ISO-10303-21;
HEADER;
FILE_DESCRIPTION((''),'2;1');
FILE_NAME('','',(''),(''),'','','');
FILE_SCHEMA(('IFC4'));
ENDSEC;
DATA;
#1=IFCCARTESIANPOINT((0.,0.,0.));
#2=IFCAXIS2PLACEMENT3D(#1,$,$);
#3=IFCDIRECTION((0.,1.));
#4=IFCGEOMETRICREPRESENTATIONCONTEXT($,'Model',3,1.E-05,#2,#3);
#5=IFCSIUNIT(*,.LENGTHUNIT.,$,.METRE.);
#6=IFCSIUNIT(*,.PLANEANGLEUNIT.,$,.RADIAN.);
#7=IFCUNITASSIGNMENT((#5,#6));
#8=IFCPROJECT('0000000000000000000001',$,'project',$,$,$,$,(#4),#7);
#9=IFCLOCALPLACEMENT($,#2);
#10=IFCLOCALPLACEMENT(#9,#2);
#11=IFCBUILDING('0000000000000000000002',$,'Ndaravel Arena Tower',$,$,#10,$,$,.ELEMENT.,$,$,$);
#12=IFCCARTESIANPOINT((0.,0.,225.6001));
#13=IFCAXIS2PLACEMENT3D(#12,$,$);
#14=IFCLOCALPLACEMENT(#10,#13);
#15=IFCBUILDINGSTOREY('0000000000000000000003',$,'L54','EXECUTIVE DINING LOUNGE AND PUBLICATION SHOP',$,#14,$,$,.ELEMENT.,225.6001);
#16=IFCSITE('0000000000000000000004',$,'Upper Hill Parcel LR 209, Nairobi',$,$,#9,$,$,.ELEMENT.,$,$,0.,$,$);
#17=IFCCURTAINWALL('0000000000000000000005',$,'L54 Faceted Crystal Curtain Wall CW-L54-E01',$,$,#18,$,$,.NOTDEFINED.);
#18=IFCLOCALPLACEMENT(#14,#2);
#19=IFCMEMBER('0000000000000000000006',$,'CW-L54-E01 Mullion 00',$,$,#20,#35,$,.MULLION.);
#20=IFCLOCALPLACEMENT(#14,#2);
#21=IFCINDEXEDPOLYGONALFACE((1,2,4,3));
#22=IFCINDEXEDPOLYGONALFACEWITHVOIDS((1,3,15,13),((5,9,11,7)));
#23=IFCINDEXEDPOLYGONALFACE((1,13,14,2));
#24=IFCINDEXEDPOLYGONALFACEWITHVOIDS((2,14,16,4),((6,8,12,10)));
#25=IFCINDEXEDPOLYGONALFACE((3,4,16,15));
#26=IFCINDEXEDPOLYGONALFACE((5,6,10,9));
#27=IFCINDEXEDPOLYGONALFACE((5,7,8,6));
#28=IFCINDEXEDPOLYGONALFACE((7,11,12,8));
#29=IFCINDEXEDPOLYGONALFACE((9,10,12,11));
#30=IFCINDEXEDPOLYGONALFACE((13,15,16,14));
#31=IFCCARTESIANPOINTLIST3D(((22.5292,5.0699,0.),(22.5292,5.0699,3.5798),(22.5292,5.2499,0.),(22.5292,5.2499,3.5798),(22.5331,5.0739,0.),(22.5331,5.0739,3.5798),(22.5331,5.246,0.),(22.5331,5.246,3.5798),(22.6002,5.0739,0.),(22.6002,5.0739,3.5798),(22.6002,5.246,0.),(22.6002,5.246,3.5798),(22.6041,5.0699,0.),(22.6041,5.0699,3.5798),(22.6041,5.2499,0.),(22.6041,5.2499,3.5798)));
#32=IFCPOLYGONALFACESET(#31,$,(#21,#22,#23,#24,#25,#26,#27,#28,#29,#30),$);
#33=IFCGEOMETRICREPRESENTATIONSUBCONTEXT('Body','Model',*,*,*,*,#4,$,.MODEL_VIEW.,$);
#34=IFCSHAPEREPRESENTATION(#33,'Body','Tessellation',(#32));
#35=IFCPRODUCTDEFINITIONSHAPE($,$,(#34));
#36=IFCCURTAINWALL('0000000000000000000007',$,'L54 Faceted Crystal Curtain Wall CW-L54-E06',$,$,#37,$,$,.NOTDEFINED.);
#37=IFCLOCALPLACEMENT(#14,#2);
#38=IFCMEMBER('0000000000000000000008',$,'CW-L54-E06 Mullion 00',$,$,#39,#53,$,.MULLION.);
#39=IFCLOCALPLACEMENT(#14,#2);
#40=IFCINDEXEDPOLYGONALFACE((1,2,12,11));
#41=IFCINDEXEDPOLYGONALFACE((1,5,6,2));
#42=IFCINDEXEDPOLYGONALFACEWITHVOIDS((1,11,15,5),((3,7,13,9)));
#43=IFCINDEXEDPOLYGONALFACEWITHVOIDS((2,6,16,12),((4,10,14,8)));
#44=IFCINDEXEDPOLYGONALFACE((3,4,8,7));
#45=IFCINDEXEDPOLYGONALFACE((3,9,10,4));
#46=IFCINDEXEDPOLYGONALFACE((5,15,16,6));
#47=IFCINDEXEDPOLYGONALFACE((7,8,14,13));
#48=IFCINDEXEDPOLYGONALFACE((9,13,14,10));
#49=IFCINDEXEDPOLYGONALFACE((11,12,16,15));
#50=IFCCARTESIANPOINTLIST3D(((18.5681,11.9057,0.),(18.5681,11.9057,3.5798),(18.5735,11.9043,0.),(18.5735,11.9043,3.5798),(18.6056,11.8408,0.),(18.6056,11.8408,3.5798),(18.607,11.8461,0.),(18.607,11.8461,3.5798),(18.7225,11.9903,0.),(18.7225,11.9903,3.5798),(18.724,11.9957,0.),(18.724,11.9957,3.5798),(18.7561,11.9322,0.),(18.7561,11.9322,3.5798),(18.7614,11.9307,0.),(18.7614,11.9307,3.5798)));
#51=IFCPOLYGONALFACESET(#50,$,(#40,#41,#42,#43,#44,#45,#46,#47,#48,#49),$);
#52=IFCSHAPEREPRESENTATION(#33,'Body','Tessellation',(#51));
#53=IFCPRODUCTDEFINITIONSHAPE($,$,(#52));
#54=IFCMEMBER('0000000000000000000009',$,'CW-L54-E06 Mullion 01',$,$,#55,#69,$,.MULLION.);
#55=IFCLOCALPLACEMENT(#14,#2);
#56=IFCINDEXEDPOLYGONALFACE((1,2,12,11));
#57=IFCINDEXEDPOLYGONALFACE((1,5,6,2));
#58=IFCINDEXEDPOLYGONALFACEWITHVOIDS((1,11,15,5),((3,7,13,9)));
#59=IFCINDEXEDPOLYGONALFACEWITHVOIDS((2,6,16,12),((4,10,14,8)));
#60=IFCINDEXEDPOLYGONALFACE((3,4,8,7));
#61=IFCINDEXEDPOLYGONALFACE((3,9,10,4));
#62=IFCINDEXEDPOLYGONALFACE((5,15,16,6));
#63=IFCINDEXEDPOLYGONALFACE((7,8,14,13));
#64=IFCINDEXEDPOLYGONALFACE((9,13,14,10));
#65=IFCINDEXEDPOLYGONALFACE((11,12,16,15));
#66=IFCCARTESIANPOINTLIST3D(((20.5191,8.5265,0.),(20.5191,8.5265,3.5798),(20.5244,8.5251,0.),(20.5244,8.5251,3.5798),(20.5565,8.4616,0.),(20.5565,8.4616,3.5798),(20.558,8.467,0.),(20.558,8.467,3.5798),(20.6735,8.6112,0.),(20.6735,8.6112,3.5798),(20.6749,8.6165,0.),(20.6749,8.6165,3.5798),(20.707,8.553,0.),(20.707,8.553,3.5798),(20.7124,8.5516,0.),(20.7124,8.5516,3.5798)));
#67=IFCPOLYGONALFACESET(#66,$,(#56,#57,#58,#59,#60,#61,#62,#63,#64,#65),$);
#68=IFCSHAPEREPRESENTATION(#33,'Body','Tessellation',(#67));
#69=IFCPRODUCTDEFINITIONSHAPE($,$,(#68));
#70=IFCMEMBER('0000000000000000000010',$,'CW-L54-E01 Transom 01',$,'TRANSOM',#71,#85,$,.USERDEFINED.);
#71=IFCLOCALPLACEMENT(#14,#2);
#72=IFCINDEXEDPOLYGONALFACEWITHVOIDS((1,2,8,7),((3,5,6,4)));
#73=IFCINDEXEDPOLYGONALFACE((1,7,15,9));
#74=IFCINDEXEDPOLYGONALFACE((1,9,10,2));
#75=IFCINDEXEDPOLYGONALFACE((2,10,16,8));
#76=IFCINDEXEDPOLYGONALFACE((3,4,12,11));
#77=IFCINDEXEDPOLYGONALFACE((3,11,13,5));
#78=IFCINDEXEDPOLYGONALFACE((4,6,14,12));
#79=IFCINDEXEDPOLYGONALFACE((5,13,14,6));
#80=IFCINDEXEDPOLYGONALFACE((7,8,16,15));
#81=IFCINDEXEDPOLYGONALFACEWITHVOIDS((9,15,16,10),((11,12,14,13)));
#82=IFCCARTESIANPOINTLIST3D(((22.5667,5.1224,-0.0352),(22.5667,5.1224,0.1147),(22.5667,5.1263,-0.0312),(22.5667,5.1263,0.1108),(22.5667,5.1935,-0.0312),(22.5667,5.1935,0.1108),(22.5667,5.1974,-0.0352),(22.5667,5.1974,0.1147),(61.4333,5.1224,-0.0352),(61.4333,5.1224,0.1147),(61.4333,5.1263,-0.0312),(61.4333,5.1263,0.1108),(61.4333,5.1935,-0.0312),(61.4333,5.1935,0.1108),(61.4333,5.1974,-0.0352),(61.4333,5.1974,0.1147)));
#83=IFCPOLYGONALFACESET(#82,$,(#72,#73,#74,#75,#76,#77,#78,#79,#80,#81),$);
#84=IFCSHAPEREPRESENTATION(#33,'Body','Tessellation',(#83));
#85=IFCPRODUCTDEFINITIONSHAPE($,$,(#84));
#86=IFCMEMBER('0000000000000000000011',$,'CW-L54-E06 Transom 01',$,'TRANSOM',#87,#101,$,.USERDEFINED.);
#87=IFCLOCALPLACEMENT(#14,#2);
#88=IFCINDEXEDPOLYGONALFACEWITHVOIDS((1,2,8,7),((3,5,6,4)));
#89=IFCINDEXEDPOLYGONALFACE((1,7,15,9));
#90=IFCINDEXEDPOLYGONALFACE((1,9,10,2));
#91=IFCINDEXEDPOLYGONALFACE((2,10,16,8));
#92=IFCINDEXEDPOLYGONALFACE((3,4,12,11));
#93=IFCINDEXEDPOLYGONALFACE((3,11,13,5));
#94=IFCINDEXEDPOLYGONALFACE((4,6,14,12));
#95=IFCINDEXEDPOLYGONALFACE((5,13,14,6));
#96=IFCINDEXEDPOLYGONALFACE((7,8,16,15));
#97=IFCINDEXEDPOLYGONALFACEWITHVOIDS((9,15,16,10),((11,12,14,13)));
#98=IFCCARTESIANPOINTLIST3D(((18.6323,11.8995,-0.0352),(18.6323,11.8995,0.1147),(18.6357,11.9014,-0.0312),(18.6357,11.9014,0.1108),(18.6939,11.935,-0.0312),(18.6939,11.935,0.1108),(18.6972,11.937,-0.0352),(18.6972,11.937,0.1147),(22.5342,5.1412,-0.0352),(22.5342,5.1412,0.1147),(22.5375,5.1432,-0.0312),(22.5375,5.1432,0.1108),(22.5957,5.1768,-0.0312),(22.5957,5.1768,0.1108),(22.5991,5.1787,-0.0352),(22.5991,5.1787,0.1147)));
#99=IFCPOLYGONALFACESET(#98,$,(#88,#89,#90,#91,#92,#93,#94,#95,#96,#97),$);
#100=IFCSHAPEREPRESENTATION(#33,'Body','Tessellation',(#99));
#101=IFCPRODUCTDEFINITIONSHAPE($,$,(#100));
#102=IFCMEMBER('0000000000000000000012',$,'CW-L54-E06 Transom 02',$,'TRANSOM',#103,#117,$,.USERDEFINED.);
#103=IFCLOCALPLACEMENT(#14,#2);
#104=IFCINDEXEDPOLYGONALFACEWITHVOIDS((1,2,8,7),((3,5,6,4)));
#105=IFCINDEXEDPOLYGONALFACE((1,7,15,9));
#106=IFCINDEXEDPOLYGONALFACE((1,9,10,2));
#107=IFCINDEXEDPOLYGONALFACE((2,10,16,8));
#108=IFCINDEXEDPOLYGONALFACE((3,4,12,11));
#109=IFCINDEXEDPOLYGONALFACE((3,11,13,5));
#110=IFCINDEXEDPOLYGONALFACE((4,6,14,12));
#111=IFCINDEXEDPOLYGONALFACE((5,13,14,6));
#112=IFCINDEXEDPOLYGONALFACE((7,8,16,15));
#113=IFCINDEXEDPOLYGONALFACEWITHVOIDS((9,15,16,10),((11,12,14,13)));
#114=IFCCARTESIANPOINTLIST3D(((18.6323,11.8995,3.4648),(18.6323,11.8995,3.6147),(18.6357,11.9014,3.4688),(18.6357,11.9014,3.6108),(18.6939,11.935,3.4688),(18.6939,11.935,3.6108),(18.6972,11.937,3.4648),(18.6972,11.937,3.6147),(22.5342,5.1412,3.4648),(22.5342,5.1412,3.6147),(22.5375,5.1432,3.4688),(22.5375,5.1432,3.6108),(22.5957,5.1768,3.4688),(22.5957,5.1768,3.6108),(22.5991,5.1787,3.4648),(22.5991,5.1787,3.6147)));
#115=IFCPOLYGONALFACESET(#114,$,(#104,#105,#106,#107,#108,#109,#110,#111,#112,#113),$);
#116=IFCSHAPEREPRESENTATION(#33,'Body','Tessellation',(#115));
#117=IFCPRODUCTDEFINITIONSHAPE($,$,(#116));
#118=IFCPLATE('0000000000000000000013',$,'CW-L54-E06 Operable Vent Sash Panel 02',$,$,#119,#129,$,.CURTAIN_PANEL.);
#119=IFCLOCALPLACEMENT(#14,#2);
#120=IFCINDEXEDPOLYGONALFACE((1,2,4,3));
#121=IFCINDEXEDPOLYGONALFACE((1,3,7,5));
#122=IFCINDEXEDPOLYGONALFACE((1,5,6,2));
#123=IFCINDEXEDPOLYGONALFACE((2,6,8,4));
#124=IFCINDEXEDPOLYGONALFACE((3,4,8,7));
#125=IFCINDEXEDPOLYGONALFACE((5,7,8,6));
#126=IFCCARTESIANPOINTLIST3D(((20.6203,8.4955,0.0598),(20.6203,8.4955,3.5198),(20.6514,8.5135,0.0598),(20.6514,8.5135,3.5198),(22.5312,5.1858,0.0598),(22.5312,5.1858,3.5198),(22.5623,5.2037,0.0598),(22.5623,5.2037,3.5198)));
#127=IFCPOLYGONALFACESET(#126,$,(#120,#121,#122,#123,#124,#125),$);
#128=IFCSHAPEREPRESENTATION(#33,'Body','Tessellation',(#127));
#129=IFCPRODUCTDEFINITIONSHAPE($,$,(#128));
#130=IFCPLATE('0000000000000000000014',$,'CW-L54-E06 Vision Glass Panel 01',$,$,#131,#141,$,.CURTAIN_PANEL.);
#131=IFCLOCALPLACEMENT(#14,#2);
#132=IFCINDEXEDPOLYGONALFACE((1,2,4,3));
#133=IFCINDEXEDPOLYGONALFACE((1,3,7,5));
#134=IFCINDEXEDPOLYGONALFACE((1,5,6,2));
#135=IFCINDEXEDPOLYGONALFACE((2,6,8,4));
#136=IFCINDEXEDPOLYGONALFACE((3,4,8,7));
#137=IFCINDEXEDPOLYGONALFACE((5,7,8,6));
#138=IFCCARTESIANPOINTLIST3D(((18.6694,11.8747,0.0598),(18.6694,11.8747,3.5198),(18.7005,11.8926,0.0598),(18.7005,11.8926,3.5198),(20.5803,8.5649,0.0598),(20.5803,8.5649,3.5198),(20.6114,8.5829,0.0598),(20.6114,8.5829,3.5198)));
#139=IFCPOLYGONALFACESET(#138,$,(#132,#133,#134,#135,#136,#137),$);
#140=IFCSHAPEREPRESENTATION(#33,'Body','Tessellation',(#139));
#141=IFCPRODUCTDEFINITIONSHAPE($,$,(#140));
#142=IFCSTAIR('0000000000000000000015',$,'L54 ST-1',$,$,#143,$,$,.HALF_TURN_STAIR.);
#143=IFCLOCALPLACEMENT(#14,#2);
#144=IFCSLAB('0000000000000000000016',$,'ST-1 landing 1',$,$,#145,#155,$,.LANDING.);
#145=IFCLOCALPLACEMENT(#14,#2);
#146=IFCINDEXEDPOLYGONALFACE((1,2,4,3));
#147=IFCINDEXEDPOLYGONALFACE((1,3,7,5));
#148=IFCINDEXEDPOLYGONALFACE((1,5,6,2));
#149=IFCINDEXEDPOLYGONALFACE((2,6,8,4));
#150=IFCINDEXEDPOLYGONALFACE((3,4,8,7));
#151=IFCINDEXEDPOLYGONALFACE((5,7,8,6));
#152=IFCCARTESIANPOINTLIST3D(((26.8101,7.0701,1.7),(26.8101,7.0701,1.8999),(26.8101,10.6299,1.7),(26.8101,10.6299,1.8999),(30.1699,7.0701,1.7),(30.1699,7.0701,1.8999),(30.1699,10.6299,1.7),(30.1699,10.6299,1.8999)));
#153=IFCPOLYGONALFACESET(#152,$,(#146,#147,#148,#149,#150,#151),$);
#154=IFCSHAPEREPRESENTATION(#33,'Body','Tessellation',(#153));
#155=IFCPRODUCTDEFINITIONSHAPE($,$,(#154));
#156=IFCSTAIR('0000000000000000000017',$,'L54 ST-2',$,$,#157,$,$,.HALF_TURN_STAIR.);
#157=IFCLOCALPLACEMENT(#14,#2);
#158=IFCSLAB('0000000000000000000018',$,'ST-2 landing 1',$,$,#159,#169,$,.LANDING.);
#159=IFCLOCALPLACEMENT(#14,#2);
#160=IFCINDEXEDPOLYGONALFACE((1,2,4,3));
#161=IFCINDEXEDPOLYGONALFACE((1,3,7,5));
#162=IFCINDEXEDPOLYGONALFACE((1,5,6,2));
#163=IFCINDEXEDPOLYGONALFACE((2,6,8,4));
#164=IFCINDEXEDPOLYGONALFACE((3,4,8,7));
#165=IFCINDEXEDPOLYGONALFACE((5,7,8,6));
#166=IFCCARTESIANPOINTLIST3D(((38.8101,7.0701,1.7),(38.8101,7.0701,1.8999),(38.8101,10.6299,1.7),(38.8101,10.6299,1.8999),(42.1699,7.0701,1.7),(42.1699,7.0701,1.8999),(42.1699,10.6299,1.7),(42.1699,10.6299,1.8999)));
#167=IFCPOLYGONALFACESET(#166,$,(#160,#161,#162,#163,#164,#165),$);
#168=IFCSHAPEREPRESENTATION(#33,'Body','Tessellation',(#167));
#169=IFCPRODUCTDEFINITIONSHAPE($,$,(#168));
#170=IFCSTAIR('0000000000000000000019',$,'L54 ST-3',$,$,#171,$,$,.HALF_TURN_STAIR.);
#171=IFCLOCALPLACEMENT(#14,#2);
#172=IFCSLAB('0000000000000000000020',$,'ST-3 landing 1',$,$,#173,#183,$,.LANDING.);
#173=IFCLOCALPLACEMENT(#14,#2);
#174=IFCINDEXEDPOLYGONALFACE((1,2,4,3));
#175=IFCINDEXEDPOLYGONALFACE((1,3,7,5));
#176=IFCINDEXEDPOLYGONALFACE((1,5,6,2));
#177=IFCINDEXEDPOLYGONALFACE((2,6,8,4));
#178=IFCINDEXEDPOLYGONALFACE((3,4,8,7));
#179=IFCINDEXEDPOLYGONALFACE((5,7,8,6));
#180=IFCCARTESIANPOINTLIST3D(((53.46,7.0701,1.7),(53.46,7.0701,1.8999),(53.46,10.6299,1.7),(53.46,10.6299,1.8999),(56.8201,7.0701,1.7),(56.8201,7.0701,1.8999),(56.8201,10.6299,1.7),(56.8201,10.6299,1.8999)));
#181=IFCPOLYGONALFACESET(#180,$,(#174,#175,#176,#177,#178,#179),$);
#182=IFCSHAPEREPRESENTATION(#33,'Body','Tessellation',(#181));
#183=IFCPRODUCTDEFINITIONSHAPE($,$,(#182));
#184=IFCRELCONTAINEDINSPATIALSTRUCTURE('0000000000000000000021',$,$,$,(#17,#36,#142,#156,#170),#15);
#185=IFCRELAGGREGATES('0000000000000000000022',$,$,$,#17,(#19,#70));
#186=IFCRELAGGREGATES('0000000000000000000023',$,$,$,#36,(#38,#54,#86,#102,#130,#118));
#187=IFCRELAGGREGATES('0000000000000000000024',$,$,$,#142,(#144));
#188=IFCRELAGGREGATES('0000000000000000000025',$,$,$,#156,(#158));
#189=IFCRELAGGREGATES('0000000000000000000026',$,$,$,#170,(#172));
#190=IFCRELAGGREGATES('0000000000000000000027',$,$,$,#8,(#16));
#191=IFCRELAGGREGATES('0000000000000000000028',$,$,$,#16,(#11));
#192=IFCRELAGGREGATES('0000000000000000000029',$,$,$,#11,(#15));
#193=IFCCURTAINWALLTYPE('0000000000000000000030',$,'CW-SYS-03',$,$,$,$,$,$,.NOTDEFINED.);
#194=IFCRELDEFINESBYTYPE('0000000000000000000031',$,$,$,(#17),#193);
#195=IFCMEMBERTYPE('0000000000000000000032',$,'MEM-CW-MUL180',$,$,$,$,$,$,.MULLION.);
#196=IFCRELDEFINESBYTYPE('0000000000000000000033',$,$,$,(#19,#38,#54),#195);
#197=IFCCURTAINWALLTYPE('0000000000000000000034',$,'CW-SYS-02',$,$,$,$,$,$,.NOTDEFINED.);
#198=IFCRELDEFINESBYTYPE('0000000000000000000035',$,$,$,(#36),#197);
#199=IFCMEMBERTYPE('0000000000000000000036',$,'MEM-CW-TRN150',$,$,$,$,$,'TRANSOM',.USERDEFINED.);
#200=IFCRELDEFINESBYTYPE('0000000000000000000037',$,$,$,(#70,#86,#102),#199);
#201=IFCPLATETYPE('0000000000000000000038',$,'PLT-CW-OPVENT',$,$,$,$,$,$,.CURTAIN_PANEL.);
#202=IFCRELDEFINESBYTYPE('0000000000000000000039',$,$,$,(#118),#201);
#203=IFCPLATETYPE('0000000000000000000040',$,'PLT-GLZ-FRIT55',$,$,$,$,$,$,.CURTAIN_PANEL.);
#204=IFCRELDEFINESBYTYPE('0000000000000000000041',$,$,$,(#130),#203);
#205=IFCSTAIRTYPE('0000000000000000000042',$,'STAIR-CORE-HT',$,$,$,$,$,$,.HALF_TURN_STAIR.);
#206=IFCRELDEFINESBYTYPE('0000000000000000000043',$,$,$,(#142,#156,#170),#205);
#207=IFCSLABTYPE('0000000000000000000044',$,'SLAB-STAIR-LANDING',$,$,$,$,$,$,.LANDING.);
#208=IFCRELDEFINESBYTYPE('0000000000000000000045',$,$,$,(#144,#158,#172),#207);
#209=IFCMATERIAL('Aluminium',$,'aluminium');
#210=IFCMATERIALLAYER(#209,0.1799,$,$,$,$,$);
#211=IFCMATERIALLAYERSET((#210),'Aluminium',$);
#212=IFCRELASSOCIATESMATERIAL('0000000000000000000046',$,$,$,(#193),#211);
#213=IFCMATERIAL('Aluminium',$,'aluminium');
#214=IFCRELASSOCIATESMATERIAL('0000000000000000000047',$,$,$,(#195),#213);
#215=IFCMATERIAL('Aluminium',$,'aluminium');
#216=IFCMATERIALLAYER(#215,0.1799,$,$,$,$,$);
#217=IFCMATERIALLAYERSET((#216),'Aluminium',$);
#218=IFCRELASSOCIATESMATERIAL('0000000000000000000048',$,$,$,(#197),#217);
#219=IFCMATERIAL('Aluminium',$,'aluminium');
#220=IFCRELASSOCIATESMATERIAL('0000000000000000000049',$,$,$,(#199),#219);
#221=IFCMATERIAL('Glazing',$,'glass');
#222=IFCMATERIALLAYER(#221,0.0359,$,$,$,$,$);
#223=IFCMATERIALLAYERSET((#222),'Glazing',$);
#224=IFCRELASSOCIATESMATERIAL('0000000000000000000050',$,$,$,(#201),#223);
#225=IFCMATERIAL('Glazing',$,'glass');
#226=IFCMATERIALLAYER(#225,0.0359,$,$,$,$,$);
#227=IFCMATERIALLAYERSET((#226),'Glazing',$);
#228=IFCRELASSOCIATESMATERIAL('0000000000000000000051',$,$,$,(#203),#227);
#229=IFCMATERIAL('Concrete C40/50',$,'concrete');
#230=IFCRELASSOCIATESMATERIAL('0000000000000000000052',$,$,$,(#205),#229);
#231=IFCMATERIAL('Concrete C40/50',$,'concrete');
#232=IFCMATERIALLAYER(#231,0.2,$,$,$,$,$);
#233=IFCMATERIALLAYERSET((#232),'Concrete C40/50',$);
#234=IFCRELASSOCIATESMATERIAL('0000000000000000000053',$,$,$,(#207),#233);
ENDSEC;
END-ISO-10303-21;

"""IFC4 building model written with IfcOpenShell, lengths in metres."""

from ifc_helpers import new_model, si_unit, direction, frame, origin, origin_2d, place, context, subcontext, project, spatial, polyline, rectangle, hollow_rectangle, outline, extrude, material, layer, layer_set, material_profile, profile_set, type_object, element, aggregate, save


model = new_model("IFC4")

# Units and contexts
model_context = context("Model", 3, precision=1e-05, world=origin(), true_north=direction((0.0, 1.0)))
body_context = subcontext(model_context, "Body", "Model", "MODEL_VIEW")
ifc_project = project(units=[si_unit("LENGTHUNIT", "METRE"), si_unit("PLANEANGLEUNIT", "RADIAN")], contexts=[model_context])

# Site, building, storey
site_placement = place(None, origin())
site = spatial("IfcSite", under=ifc_project, at=site_placement, Name="Upper Hill Parcel LR 209, Nairobi", CompositionType="ELEMENT", RefElevation=0.0)
building_placement = place(site_placement, origin())
building = spatial("IfcBuilding", under=site, at=building_placement, Name="Ndaravel Arena Tower", CompositionType="ELEMENT")
storey_placement = place(building_placement, frame((0.0, 0.0, 225.6001)))
storey = spatial("IfcBuildingStorey", under=building, at=storey_placement, Name="L54", Description="EXECUTIVE DINING LOUNGE AND PUBLICATION SHOP", CompositionType="ELEMENT", Elevation=225.6001)

# Curtain wall, member
ifc_material_1 = material(Name="Aluminium", Category="aluminium")
ifc_layer_1 = layer(ifc_material_1, 0.1799)
ifc_layer_set_1 = layer_set([ifc_layer_1], Name="Aluminium")
curtain_wall_type_1 = type_object("IfcCurtainWallType", Name="CW-SYS-03", PredefinedType="NOTDEFINED", material=ifc_layer_set_1)
curtain_wall_1_placement = place(storey_placement, origin())
curtain_wall_1 = element("IfcCurtainWall", 1, at=curtain_wall_1_placement, inside=storey, type_object=curtain_wall_type_1, Name="L54 Faceted Crystal Curtain Wall CW-L54-E01", PredefinedType="NOTDEFINED")
ifc_material_2 = material(Name="Aluminium", Category="aluminium")
ifc_material_profile_1 = material_profile(ifc_material_2, hollow_rectangle(XDim=0.075, YDim=0.1799, WallThickness=0.0039, at=origin_2d()), Name="CW MULLION 75x180x4")
ifc_profile_set_1 = profile_set([ifc_material_profile_1], Name="Aluminium")
member_type_1 = type_object("IfcMemberType", Name="MEM-CW-MUL180", PredefinedType="MULLION", material=ifc_profile_set_1)
member_1_placement = place(storey_placement, frame((22.5667, 5.1599, 0.0), z_axis=(0.0, 0.0, 1.0), x_axis=(1.0, 0.0, 0.0)))
member_1 = element("IfcMember", 2, at=member_1_placement, type_object=member_type_1, Name="CW-L54-E01 Mullion 00", PredefinedType="MULLION", context=body_context, shape_type="SweptSolid", body=[
    extrude(hollow_rectangle(XDim=0.075, YDim=0.1799, WallThickness=0.0039, at=origin_2d()), origin(), (0.0, 0.0, 1.0), 3.5798),
])

# Curtain wall, members
ifc_material_3 = material(Name="Aluminium", Category="aluminium")
ifc_layer_2 = layer(ifc_material_3, 0.1799)
ifc_layer_set_2 = layer_set([ifc_layer_2], Name="Aluminium")
curtain_wall_type_2 = type_object("IfcCurtainWallType", Name="CW-SYS-02", PredefinedType="NOTDEFINED", material=ifc_layer_set_2)
curtain_wall_2_placement = place(storey_placement, origin())
curtain_wall_2 = element("IfcCurtainWall", 3, at=curtain_wall_2_placement, inside=storey, type_object=curtain_wall_type_2, Name="L54 Faceted Crystal Curtain Wall CW-L54-E06", PredefinedType="NOTDEFINED")
member_2_placement = place(storey_placement, frame((18.6648, 11.9182, 0.0), z_axis=(0.0, 0.0, 1.0), x_axis=(0.5, -0.866025, 0.0)))
member_2 = element("IfcMember", 4, at=member_2_placement, type_object=member_type_1, Name="CW-L54-E06 Mullion 00", PredefinedType="MULLION", context=body_context, shape_type="SweptSolid", body=[
    extrude(hollow_rectangle(XDim=0.075, YDim=0.1799, WallThickness=0.0039, at=origin_2d()), origin(), (0.0, 0.0, 1.0), 3.5798),
])
member_3_placement = place(storey_placement, frame((20.6157, 8.5391, 0.0), z_axis=(0.0, 0.0, 1.0), x_axis=(0.5, -0.866025, 0.0)))
member_3 = element("IfcMember", 5, at=member_3_placement, type_object=member_type_1, Name="CW-L54-E06 Mullion 01", PredefinedType="MULLION", context=body_context, shape_type="SweptSolid", body=[
    extrude(hollow_rectangle(XDim=0.075, YDim=0.1799, WallThickness=0.0039, at=origin_2d()), origin(), (0.0, 0.0, 1.0), 3.5798),
])

# Members
ifc_material_4 = material(Name="Aluminium", Category="aluminium")
ifc_material_profile_2 = material_profile(ifc_material_4, hollow_rectangle(XDim=0.075, YDim=0.1499, WallThickness=0.0039, at=origin_2d()), Name="CW TRANSOM 75x150x4")
ifc_profile_set_2 = profile_set([ifc_material_profile_2], Name="Aluminium")
member_type_2 = type_object("IfcMemberType", Name="MEM-CW-TRN150", ElementType="TRANSOM", PredefinedType="USERDEFINED", material=ifc_profile_set_2)
member_4_placement = place(storey_placement, frame((22.5667, 5.1599, 0.0398), z_axis=(1.0, 0.0, 0.0), x_axis=(0.0, 1.0, 0.0)))
member_4 = element("IfcMember", 6, at=member_4_placement, type_object=member_type_2, Name="CW-L54-E01 Transom 01", ObjectType="TRANSOM", PredefinedType="USERDEFINED", context=body_context, shape_type="SweptSolid", body=[
    extrude(hollow_rectangle(XDim=0.075, YDim=0.1499, WallThickness=0.0039, at=origin_2d()), origin(), (0.0, 0.0, 1.0), 38.8667),
])
aggregate(curtain_wall_1, [member_1, member_4])
member_5_placement = place(storey_placement, frame((18.6648, 11.9182, 0.0398), z_axis=(0.499995, -0.866028, 0.0), x_axis=(0.866028, 0.499995, 0.0)))
member_5 = element("IfcMember", 7, at=member_5_placement, type_object=member_type_2, Name="CW-L54-E06 Transom 01", ObjectType="TRANSOM", PredefinedType="USERDEFINED", context=body_context, shape_type="SweptSolid", body=[
    extrude(hollow_rectangle(XDim=0.075, YDim=0.1499, WallThickness=0.0039, at=origin_2d()), origin(), (0.0, 0.0, 1.0), 7.8037),
])
member_6_placement = place(storey_placement, frame((18.6648, 11.9182, 3.5398), z_axis=(0.499995, -0.866028, 0.0), x_axis=(0.866028, 0.499995, 0.0)))
member_6 = element("IfcMember", 8, at=member_6_placement, type_object=member_type_2, Name="CW-L54-E06 Transom 02", ObjectType="TRANSOM", PredefinedType="USERDEFINED", context=body_context, shape_type="SweptSolid", body=[
    extrude(hollow_rectangle(XDim=0.075, YDim=0.1499, WallThickness=0.0039, at=origin_2d()), origin(), (0.0, 0.0, 1.0), 7.8037),
])

# Plates
ifc_material_5 = material(Name="Glazing", Category="glass")
ifc_layer_3 = layer(ifc_material_5, 0.0359)
ifc_layer_set_3 = layer_set([ifc_layer_3], Name="Glazing")
plate_type_1 = type_object("IfcPlateType", Name="PLT-CW-OPVENT", PredefinedType="CURTAIN_PANEL", material=ifc_layer_set_3)
plate_1_placement = place(storey_placement, frame((21.5913, 6.8496, 0.0598), z_axis=(0.0, 0.0, 1.0), x_axis=(0.5, -0.866025, 0.0)))
plate_1 = element("IfcPlate", 9, at=plate_1_placement, type_object=plate_type_1, Name="CW-L54-E06 Operable Vent Sash Panel 02", PredefinedType="CURTAIN_PANEL", context=body_context, shape_type="SweptSolid", body=[
    extrude(rectangle(XDim=3.8218, YDim=0.0359, at=origin_2d()), origin(), (0.0, 0.0, 1.0), 3.46),
])
ifc_material_6 = material(Name="Glazing", Category="glass")
ifc_layer_4 = layer(ifc_material_6, 0.0359)
ifc_layer_set_4 = layer_set([ifc_layer_4], Name="Glazing")
plate_type_2 = type_object("IfcPlateType", Name="PLT-GLZ-FRIT55", PredefinedType="CURTAIN_PANEL", material=ifc_layer_set_4)
plate_2_placement = place(storey_placement, frame((19.6404, 10.2288, 0.0598), z_axis=(0.0, 0.0, 1.0), x_axis=(0.5, -0.866025, 0.0)))
plate_2 = element("IfcPlate", 10, at=plate_2_placement, type_object=plate_type_2, Name="CW-L54-E06 Vision Glass Panel 01", PredefinedType="CURTAIN_PANEL", context=body_context, shape_type="SweptSolid", body=[
    extrude(rectangle(XDim=3.8218, YDim=0.0359, at=origin_2d()), origin(), (0.0, 0.0, 1.0), 3.46),
])
aggregate(curtain_wall_2, [member_2, member_3, member_5, member_6, plate_2, plate_1])

# Stairs, slabs
ifc_material_7 = material(Name="Concrete C40/50", Category="concrete")
stair_type = type_object("IfcStairType", Name="STAIR-CORE-HT", PredefinedType="HALF_TURN_STAIR", material=ifc_material_7)
stair_1_placement = place(storey_placement, origin())
stair_1 = element("IfcStair", 11, at=stair_1_placement, inside=storey, type_object=stair_type, Name="L54 ST-1", PredefinedType="HALF_TURN_STAIR")
ifc_material_8 = material(Name="Concrete C40/50", Category="concrete")
ifc_layer_5 = layer(ifc_material_8, 0.2)
ifc_layer_set_5 = layer_set([ifc_layer_5], Name="Concrete C40/50")
slab_type_1 = type_object("IfcSlabType", Name="SLAB-STAIR-LANDING", PredefinedType="LANDING", material=ifc_layer_set_5)
slab_1_placement = place(storey_placement, frame((0.0, 0.0, 1.7)))
slab_1 = element("IfcSlab", 12, at=slab_1_placement, type_object=slab_type_1, Name="ST-1 landing 1", PredefinedType="LANDING", context=body_context, shape_type="SweptSolid", body=[
    extrude(outline(polyline([(26.8101, 10.6299), (26.8101, 7.0701), (30.1699, 7.0701), (30.1699, 10.6299), (26.8101, 10.6299)])), origin(), (0.0, 0.0, 1.0), 0.2),
])
aggregate(stair_1, [slab_1])
stair_2_placement = place(storey_placement, origin())
stair_2 = element("IfcStair", 13, at=stair_2_placement, inside=storey, type_object=stair_type, Name="L54 ST-2", PredefinedType="HALF_TURN_STAIR")
slab_2_placement = place(storey_placement, frame((0.0, 0.0, 1.7)))
slab_2 = element("IfcSlab", 14, at=slab_2_placement, type_object=slab_type_1, Name="ST-2 landing 1", PredefinedType="LANDING", context=body_context, shape_type="SweptSolid", body=[
    extrude(outline(polyline([(38.8101, 10.6299), (38.8101, 7.0701), (42.1699, 7.0701), (42.1699, 10.6299), (38.8101, 10.6299)])), origin(), (0.0, 0.0, 1.0), 0.2),
])
aggregate(stair_2, [slab_2])
stair_3_placement = place(storey_placement, origin())
stair_3 = element("IfcStair", 15, at=stair_3_placement, inside=storey, type_object=stair_type, Name="L54 ST-3", PredefinedType="HALF_TURN_STAIR")
slab_3_placement = place(storey_placement, frame((0.0, 0.0, 1.7)))
slab_3 = element("IfcSlab", 16, at=slab_3_placement, type_object=slab_type_1, Name="ST-3 landing 1", PredefinedType="LANDING", context=body_context, shape_type="SweptSolid", body=[
    extrude(outline(polyline([(53.46, 10.6299), (53.46, 7.0701), (56.8201, 7.0701), (56.8201, 10.6299), (53.46, 10.6299)])), origin(), (0.0, 0.0, 1.0), 0.2),
])
aggregate(stair_3, [slab_3])

save(model, "model.ifc")
